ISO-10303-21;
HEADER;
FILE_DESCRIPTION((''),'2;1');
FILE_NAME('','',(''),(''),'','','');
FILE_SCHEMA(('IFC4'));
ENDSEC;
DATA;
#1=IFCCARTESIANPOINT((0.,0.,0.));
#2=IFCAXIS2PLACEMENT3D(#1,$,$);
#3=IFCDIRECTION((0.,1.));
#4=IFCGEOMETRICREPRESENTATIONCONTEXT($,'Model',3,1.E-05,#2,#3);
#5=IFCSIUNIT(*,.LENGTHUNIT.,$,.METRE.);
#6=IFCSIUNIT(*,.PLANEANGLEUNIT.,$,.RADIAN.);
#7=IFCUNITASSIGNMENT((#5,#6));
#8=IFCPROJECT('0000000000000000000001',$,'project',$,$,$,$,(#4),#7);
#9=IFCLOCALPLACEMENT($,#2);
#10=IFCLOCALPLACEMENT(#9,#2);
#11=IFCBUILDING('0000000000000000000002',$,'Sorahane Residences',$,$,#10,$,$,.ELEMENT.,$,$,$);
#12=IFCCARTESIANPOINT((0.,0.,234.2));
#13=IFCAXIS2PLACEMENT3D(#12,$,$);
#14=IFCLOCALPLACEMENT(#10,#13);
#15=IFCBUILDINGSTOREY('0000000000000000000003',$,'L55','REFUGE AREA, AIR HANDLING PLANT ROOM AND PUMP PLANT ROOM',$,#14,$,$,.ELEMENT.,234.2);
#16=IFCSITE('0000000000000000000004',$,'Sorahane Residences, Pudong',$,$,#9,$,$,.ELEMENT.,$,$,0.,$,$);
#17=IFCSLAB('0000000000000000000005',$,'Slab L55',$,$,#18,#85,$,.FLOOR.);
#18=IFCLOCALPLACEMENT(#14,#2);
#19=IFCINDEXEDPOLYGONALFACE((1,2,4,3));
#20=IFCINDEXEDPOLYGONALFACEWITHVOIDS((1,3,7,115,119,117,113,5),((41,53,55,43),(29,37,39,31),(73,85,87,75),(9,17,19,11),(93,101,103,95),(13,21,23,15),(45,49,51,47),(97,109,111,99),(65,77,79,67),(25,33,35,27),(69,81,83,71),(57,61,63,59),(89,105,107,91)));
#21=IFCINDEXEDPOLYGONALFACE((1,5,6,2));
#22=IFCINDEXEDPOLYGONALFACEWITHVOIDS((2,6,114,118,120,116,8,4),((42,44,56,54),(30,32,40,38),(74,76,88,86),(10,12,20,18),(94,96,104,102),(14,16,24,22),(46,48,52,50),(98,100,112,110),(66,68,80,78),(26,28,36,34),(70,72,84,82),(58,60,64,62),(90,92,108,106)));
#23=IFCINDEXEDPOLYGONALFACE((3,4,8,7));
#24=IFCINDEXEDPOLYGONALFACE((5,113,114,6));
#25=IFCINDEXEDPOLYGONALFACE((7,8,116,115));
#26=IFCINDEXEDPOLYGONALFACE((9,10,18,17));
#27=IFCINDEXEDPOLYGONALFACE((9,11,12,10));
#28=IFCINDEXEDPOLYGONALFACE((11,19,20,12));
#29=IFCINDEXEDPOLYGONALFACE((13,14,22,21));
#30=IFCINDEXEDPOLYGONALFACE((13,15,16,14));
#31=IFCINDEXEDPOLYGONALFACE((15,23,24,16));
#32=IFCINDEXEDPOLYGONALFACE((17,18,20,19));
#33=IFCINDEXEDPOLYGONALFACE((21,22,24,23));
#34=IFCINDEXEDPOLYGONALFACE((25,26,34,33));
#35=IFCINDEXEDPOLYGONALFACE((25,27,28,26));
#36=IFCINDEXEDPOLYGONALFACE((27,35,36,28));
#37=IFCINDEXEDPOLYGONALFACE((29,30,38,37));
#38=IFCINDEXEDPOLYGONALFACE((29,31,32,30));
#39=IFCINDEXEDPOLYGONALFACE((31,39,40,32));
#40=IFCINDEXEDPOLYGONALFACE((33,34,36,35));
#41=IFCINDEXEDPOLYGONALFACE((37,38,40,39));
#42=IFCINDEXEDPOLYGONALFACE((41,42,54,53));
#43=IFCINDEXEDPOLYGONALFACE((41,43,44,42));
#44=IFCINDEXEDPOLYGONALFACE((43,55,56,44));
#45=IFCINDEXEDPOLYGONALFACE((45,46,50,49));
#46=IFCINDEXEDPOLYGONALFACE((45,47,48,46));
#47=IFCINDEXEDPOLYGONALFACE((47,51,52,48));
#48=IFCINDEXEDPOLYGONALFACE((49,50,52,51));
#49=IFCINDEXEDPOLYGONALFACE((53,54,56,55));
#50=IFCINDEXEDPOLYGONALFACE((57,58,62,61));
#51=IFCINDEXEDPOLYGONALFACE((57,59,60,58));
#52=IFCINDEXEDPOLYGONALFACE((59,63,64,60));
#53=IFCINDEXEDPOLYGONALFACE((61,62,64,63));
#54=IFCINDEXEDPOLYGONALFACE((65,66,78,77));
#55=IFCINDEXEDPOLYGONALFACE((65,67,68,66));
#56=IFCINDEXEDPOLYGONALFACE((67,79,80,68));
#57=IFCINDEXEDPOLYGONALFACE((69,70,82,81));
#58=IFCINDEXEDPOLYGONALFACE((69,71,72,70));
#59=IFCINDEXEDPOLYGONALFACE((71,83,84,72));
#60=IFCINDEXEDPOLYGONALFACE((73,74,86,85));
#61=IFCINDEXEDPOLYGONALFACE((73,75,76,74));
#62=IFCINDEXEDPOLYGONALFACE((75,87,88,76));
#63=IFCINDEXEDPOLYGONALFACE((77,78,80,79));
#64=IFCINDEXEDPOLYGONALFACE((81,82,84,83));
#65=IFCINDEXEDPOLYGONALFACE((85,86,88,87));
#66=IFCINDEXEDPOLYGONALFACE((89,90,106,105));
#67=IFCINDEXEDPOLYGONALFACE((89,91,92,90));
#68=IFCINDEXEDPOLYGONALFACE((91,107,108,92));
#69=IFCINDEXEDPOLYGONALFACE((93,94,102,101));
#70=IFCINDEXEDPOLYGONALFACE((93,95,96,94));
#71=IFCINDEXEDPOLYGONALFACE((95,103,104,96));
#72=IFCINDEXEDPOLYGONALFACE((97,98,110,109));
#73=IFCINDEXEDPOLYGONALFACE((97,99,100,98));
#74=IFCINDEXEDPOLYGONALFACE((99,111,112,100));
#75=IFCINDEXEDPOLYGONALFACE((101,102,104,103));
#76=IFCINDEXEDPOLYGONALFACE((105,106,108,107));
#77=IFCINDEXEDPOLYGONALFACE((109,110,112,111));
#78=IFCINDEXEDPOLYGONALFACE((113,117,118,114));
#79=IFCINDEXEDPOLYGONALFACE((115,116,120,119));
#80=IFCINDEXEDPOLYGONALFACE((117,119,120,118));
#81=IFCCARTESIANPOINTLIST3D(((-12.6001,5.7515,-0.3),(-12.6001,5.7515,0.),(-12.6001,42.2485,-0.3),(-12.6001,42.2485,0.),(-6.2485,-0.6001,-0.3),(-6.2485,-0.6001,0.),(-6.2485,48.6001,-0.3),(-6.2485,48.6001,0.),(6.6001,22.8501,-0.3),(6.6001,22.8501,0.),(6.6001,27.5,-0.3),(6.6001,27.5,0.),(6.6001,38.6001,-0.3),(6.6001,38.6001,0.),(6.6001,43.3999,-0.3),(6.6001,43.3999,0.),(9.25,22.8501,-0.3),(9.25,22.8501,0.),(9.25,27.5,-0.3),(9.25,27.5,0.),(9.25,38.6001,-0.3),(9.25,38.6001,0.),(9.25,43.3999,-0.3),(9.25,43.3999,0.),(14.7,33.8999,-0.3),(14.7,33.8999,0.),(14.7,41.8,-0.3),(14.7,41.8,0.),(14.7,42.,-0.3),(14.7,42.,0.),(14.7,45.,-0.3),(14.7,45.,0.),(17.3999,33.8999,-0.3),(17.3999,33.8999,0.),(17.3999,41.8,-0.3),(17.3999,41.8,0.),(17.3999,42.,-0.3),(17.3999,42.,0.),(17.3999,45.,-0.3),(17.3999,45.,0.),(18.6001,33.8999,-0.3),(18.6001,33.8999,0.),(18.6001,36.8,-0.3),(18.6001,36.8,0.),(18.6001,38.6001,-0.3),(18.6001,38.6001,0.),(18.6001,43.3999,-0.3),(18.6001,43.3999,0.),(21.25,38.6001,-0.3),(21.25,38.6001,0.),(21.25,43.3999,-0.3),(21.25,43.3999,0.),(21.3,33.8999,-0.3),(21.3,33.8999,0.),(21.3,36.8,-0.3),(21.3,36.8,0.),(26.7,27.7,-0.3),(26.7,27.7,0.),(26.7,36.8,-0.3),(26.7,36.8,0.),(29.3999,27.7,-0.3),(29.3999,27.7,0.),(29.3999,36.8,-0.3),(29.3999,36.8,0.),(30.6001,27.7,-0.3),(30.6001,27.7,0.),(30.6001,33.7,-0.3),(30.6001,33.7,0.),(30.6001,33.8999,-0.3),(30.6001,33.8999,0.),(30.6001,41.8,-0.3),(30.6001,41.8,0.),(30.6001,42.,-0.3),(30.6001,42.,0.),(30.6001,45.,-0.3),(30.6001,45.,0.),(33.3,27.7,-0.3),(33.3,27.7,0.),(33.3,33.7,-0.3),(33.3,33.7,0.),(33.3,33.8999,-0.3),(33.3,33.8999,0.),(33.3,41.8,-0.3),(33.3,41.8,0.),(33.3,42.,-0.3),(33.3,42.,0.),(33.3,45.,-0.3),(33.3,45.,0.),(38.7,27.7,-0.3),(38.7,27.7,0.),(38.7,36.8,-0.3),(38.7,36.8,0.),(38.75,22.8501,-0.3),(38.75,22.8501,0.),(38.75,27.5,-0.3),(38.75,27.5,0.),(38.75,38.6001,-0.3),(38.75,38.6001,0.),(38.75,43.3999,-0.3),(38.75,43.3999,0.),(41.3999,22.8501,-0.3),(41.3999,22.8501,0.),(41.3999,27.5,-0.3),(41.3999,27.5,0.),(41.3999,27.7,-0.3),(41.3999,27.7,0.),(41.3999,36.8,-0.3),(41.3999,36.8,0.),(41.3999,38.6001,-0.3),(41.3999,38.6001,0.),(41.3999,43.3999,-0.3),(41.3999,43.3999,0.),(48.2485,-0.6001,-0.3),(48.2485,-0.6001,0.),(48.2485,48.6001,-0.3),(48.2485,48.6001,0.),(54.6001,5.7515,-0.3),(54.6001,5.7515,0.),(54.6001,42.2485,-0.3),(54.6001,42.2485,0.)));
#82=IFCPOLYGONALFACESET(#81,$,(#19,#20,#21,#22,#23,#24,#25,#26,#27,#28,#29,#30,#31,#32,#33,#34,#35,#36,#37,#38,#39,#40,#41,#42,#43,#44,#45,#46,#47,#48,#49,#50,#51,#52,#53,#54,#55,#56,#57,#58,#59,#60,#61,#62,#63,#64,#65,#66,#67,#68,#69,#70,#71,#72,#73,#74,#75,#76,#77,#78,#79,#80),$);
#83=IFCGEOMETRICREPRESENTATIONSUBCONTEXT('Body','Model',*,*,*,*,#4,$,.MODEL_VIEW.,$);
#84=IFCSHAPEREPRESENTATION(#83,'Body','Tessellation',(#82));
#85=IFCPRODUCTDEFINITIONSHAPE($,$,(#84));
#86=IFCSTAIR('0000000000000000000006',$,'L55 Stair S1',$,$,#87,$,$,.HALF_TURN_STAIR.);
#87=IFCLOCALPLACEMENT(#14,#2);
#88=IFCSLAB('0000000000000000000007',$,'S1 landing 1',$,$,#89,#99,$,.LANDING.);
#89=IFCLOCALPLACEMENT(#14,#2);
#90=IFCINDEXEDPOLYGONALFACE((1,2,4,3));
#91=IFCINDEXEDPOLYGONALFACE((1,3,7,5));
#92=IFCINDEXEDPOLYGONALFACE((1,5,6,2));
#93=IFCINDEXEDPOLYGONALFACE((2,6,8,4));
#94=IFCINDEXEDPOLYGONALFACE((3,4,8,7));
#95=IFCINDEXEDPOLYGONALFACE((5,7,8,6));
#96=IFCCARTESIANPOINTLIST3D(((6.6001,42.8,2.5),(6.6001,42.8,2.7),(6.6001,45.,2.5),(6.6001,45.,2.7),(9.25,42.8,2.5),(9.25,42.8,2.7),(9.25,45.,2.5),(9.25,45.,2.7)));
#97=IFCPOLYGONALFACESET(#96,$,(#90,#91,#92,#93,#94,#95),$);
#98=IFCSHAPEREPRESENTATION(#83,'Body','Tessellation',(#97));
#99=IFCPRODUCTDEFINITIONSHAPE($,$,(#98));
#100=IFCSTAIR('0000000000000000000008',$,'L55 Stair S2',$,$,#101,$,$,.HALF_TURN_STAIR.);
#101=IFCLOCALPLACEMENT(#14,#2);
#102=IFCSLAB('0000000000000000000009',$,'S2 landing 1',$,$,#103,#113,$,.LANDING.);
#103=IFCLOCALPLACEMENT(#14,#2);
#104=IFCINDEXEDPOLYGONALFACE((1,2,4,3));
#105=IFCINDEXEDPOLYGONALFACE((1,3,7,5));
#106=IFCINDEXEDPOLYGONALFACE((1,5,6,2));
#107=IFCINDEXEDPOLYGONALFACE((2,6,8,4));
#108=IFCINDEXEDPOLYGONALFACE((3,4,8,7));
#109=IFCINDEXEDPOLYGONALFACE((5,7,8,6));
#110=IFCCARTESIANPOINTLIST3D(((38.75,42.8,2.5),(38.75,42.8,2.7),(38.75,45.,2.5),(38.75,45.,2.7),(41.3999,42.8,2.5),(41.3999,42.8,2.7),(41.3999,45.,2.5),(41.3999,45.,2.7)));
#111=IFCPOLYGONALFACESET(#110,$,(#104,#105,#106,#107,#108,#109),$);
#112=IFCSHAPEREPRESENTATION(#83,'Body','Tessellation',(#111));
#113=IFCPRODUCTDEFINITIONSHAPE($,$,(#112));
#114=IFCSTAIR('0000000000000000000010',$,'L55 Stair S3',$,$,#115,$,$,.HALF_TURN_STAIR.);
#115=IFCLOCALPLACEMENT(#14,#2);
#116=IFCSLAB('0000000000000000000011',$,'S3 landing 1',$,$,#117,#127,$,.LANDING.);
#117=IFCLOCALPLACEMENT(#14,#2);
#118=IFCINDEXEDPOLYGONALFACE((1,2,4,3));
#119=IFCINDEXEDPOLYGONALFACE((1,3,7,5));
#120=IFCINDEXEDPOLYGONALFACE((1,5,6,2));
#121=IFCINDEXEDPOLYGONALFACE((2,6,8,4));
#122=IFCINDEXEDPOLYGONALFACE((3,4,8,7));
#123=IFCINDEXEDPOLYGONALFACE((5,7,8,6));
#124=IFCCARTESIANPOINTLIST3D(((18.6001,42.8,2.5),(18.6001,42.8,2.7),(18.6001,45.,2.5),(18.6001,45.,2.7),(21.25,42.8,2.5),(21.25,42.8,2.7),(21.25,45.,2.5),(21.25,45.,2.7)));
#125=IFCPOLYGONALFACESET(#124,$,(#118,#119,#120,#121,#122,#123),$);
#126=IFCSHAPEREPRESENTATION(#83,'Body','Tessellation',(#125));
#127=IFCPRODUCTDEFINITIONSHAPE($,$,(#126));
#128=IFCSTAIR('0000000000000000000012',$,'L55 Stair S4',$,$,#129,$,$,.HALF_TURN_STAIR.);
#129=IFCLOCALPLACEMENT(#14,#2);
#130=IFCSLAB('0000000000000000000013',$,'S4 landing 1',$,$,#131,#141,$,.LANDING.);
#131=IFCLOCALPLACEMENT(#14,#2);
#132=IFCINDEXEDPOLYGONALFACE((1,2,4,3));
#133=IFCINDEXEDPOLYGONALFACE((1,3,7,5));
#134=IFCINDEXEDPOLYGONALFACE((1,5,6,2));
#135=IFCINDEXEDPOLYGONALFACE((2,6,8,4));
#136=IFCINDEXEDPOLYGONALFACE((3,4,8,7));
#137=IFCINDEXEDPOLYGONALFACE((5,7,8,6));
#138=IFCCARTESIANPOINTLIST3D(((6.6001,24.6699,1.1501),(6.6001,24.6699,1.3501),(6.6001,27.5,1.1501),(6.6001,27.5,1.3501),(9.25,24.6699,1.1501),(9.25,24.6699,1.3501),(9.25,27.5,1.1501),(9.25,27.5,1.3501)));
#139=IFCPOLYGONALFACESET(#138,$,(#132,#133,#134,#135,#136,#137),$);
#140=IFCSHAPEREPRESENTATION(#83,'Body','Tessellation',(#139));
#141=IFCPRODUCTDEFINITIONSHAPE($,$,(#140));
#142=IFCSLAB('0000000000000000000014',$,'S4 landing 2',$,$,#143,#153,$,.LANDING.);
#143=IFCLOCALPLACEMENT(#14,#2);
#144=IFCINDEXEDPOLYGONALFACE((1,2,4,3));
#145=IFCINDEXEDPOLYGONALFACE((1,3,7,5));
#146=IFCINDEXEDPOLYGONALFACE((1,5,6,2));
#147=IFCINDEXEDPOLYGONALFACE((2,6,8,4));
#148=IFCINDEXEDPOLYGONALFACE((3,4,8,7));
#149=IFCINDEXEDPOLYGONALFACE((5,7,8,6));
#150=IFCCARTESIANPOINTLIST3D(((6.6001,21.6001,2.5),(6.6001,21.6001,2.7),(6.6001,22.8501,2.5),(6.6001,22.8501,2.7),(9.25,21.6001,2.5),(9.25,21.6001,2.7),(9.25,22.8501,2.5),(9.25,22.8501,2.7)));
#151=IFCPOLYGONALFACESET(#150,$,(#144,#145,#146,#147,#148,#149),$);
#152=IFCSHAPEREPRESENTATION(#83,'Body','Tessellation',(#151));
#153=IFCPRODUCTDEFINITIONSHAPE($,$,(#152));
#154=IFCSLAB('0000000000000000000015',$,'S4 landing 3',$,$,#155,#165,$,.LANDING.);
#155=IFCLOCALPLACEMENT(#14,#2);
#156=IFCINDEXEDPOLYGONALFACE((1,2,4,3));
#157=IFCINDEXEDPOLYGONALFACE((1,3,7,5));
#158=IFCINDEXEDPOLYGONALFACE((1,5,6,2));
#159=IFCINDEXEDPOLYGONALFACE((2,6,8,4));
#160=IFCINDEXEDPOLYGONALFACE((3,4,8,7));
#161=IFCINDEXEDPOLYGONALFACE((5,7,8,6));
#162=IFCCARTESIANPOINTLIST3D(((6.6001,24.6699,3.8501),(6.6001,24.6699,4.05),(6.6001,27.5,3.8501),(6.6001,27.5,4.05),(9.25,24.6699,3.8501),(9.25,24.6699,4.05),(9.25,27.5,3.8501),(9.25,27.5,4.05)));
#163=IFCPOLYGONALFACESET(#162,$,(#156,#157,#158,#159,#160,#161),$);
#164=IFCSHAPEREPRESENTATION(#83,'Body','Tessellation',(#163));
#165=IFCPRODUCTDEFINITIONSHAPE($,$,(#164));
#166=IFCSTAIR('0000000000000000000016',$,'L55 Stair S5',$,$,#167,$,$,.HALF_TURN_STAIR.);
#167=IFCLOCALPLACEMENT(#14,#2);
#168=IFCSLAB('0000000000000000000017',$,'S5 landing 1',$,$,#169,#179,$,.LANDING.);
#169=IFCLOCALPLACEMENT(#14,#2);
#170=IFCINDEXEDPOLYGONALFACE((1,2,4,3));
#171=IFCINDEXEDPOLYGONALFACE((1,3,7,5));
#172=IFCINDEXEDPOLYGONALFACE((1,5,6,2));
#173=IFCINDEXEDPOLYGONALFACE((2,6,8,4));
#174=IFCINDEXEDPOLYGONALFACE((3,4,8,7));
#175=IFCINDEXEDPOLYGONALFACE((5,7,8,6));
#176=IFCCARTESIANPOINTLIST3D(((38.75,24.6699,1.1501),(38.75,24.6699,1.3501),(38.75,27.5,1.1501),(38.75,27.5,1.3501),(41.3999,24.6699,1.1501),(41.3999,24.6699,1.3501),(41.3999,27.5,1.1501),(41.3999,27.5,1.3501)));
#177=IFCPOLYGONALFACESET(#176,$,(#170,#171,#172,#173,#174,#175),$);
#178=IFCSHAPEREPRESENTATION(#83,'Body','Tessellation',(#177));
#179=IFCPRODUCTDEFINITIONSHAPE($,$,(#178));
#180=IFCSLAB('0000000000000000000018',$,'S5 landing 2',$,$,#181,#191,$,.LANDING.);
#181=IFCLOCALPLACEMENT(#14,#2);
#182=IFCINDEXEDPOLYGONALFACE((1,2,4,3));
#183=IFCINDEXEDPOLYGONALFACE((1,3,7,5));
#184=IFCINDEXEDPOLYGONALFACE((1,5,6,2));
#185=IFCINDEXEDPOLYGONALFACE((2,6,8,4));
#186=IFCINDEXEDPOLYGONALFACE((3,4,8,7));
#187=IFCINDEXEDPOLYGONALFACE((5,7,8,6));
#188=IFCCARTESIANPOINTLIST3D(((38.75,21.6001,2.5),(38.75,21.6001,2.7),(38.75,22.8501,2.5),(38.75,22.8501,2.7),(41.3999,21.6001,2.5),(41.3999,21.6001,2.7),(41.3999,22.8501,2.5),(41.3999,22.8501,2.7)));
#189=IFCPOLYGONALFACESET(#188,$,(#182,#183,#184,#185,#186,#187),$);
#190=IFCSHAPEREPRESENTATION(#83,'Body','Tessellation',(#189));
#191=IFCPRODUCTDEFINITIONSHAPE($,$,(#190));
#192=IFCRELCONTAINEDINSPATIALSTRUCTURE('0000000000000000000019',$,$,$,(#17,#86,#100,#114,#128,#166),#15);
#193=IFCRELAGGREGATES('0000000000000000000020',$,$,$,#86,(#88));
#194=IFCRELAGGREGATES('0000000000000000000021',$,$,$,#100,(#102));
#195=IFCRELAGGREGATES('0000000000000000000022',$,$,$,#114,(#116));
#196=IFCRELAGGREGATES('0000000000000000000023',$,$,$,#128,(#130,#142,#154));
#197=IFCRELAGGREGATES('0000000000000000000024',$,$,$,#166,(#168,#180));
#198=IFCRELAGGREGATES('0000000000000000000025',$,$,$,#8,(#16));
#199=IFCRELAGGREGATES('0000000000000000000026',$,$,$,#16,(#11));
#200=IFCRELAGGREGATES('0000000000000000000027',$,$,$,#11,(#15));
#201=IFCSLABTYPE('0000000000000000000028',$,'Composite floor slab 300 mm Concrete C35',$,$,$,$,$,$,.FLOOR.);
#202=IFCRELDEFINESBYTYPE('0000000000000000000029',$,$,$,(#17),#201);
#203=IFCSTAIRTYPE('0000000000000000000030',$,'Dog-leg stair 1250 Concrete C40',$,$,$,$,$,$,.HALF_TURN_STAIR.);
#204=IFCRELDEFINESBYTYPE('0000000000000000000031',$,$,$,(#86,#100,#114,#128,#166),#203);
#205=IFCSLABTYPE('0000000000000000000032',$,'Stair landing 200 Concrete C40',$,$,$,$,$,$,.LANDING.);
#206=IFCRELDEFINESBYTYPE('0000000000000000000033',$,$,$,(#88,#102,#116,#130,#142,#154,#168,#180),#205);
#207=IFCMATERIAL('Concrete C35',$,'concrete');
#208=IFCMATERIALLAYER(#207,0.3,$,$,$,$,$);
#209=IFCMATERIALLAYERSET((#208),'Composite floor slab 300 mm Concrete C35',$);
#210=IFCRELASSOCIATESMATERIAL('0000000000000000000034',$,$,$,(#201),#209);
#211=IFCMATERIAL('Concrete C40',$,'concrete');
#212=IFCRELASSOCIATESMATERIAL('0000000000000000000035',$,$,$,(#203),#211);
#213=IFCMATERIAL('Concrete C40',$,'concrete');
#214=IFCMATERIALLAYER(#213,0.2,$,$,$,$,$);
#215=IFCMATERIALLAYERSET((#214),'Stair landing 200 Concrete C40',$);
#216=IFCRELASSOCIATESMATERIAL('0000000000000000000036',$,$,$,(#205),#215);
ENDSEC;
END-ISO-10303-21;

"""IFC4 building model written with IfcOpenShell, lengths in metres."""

from ifc_helpers import new_model, si_unit, direction, frame, origin, place, context, subcontext, project, spatial, polyline, outline, extrude, material, layer, layer_set, type_object, element, aggregate, save


model = new_model("IFC4")

# Units and contexts
model_context = context("Model", 3, precision=1e-05, world=origin(), true_north=direction((0.0, 1.0)))
body_context = subcontext(model_context, "Body", "Model", "MODEL_VIEW")
ifc_project = project(units=[si_unit("LENGTHUNIT", "METRE"), si_unit("PLANEANGLEUNIT", "RADIAN")], contexts=[model_context])

# Site, building, storey
site_placement = place(None, origin())
site = spatial("IfcSite", under=ifc_project, at=site_placement, Name="Sorahane Residences, Pudong", CompositionType="ELEMENT", RefElevation=0.0)
building_placement = place(site_placement, origin())
building = spatial("IfcBuilding", under=site, at=building_placement, Name="Sorahane Residences", CompositionType="ELEMENT")
storey_placement = place(building_placement, frame((0.0, 0.0, 234.2)))
storey = spatial("IfcBuildingStorey", under=building, at=storey_placement, Name="L55", Description="REFUGE AREA, AIR HANDLING PLANT ROOM AND PUMP PLANT ROOM", CompositionType="ELEMENT", Elevation=234.2)

# Slab
ifc_material_1 = material(Name="Concrete C35", Category="concrete")
ifc_layer_1 = layer(ifc_material_1, 0.3)
ifc_layer_set_1 = layer_set([ifc_layer_1], Name="Composite floor slab 300 mm Concrete C35")
slab_type_1 = type_object("IfcSlabType", Name="Composite floor slab 300 mm Concrete C35", PredefinedType="FLOOR", material=ifc_layer_set_1)
slab_1_placement = place(storey_placement, frame((0.0, 0.0, -0.3)))
element("IfcSlab", 1, at=slab_1_placement, inside=storey, type_object=slab_type_1, Name="Slab L55", PredefinedType="FLOOR", context=body_context, shape_type="SweptSolid", body=[
    extrude(outline(polyline([(-6.2485, -0.6001), (-12.6001, 5.7515), (-12.6001, 42.2485), (-6.2485, 48.6001), (48.2485, 48.6001), (54.6001, 42.2485), (54.6001, 5.7515), (48.2485, -0.6001), (-6.2485, -0.6001)]), holes=[polyline([(38.7, 27.7), (41.3999, 27.7), (41.3999, 36.8), (38.7, 36.8), (38.7, 27.7)]), polyline([(30.6001, 27.7), (33.3, 27.7), (33.3, 33.7), (30.6001, 33.7), (30.6001, 27.7)]), polyline([(30.6001, 42.0), (33.3, 42.0), (33.3, 45.0), (30.6001, 45.0), (30.6001, 42.0)]), polyline([(14.7, 42.0), (17.3999, 42.0), (17.3999, 45.0), (14.7, 45.0), (14.7, 42.0)]), polyline([(6.6001, 43.3999), (9.25, 43.3999), (9.25, 38.6001), (6.6001, 38.6001), (6.6001, 43.3999)]), polyline([(38.75, 43.3999), (41.3999, 43.3999), (41.3999, 38.6001), (38.75, 38.6001), (38.75, 43.3999)]), polyline([(18.6001, 43.3999), (21.25, 43.3999), (21.25, 38.6001), (18.6001, 38.6001), (18.6001, 43.3999)]), polyline([(6.6001, 27.5), (9.25, 27.5), (9.25, 22.8501), (6.6001, 22.8501), (6.6001, 27.5)]), polyline([(38.75, 27.5), (41.3999, 27.5), (41.3999, 22.8501), (38.75, 22.8501), (38.75, 27.5)]), polyline([(14.7, 33.8999), (17.3999, 33.8999), (17.3999, 41.8), (14.7, 41.8), (14.7, 33.8999)]), polyline([(30.6001, 33.8999), (33.3, 33.8999), (33.3, 41.8), (30.6001, 41.8), (30.6001, 33.8999)]), polyline([(18.6001, 33.8999), (21.3, 33.8999), (21.3, 36.8), (18.6001, 36.8), (18.6001, 33.8999)]), polyline([(26.7, 27.7), (29.3999, 27.7), (29.3999, 36.8), (26.7, 36.8), (26.7, 27.7)])]), origin(), (0.0, 0.0, 1.0), 0.3),
])

# Stairs, slabs
ifc_material_2 = material(Name="Concrete C40", Category="concrete")
stair_type = type_object("IfcStairType", Name="Dog-leg stair 1250 Concrete C40", PredefinedType="HALF_TURN_STAIR", material=ifc_material_2)
stair_1_placement = place(storey_placement, origin())
stair_1 = element("IfcStair", 2, at=stair_1_placement, inside=storey, type_object=stair_type, Name="L55 Stair S1", PredefinedType="HALF_TURN_STAIR")
ifc_material_3 = material(Name="Concrete C40", Category="concrete")
ifc_layer_2 = layer(ifc_material_3, 0.2)
ifc_layer_set_2 = layer_set([ifc_layer_2], Name="Stair landing 200 Concrete C40")
slab_type_2 = type_object("IfcSlabType", Name="Stair landing 200 Concrete C40", PredefinedType="LANDING", material=ifc_layer_set_2)
slab_2_placement = place(storey_placement, frame((0.0, 0.0, 2.5)))
slab_2 = element("IfcSlab", 3, at=slab_2_placement, type_object=slab_type_2, Name="S1 landing 1", PredefinedType="LANDING", context=body_context, shape_type="SweptSolid", body=[
    extrude(outline(polyline([(9.25, 42.8), (9.25, 45.0), (6.6001, 45.0), (6.6001, 42.8), (9.25, 42.8)])), origin(), (0.0, 0.0, 1.0), 0.2),
])
aggregate(stair_1, [slab_2])
stair_2_placement = place(storey_placement, origin())
stair_2 = element("IfcStair", 4, at=stair_2_placement, inside=storey, type_object=stair_type, Name="L55 Stair S2", PredefinedType="HALF_TURN_STAIR")
slab_3_placement = place(storey_placement, frame((0.0, 0.0, 2.5)))
slab_3 = element("IfcSlab", 5, at=slab_3_placement, type_object=slab_type_2, Name="S2 landing 1", PredefinedType="LANDING", context=body_context, shape_type="SweptSolid", body=[
    extrude(outline(polyline([(41.3999, 42.8), (41.3999, 45.0), (38.75, 45.0), (38.75, 42.8), (41.3999, 42.8)])), origin(), (0.0, 0.0, 1.0), 0.2),
])
aggregate(stair_2, [slab_3])
stair_3_placement = place(storey_placement, origin())
stair_3 = element("IfcStair", 6, at=stair_3_placement, inside=storey, type_object=stair_type, Name="L55 Stair S3", PredefinedType="HALF_TURN_STAIR")
slab_4_placement = place(storey_placement, frame((0.0, 0.0, 2.5)))
slab_4 = element("IfcSlab", 7, at=slab_4_placement, type_object=slab_type_2, Name="S3 landing 1", PredefinedType="LANDING", context=body_context, shape_type="SweptSolid", body=[
    extrude(outline(polyline([(21.25, 42.8), (21.25, 45.0), (18.6001, 45.0), (18.6001, 42.8), (21.25, 42.8)])), origin(), (0.0, 0.0, 1.0), 0.2),
])
aggregate(stair_3, [slab_4])

# Stairs, slabs
stair_4_placement = place(storey_placement, origin())
stair_4 = element("IfcStair", 8, at=stair_4_placement, inside=storey, type_object=stair_type, Name="L55 Stair S4", PredefinedType="HALF_TURN_STAIR")
slab_5_placement = place(storey_placement, frame((0.0, 0.0, 1.1501)))
slab_5 = element("IfcSlab", 9, at=slab_5_placement, type_object=slab_type_2, Name="S4 landing 1", PredefinedType="LANDING", context=body_context, shape_type="SweptSolid", body=[
    extrude(outline(polyline([(9.25, 24.6699), (9.25, 27.5), (6.6001, 27.5), (6.6001, 24.6699), (9.25, 24.6699)])), origin(), (0.0, 0.0, 1.0), 0.2),
])
slab_6_placement = place(storey_placement, frame((0.0, 0.0, 2.5)))
slab_6 = element("IfcSlab", 10, at=slab_6_placement, type_object=slab_type_2, Name="S4 landing 2", PredefinedType="LANDING", context=body_context, shape_type="SweptSolid", body=[
    extrude(outline(polyline([(9.25, 21.6001), (9.25, 22.8501), (6.6001, 22.8501), (6.6001, 21.6001), (9.25, 21.6001)])), origin(), (0.0, 0.0, 1.0), 0.2),
])
slab_7_placement = place(storey_placement, frame((0.0, 0.0, 3.8501)))
slab_7 = element("IfcSlab", 11, at=slab_7_placement, type_object=slab_type_2, Name="S4 landing 3", PredefinedType="LANDING", context=body_context, shape_type="SweptSolid", body=[
    extrude(outline(polyline([(9.25, 24.6699), (9.25, 27.5), (6.6001, 27.5), (6.6001, 24.6699), (9.25, 24.6699)])), origin(), (0.0, 0.0, 1.0), 0.2),
])
aggregate(stair_4, [slab_5, slab_6, slab_7])
stair_5_placement = place(storey_placement, origin())
stair_5 = element("IfcStair", 12, at=stair_5_placement, inside=storey, type_object=stair_type, Name="L55 Stair S5", PredefinedType="HALF_TURN_STAIR")
slab_8_placement = place(storey_placement, frame((0.0, 0.0, 1.1501)))
slab_8 = element("IfcSlab", 13, at=slab_8_placement, type_object=slab_type_2, Name="S5 landing 1", PredefinedType="LANDING", context=body_context, shape_type="SweptSolid", body=[
    extrude(outline(polyline([(41.3999, 24.6699), (41.3999, 27.5), (38.75, 27.5), (38.75, 24.6699), (41.3999, 24.6699)])), origin(), (0.0, 0.0, 1.0), 0.2),
])
slab_9_placement = place(storey_placement, frame((0.0, 0.0, 2.5)))
slab_9 = element("IfcSlab", 14, at=slab_9_placement, type_object=slab_type_2, Name="S5 landing 2", PredefinedType="LANDING", context=body_context, shape_type="SweptSolid", body=[
    extrude(outline(polyline([(41.3999, 21.6001), (41.3999, 22.8501), (38.75, 22.8501), (38.75, 21.6001), (41.3999, 21.6001)])), origin(), (0.0, 0.0, 1.0), 0.2),
])
aggregate(stair_5, [slab_8, slab_9])

save(model, "model.ifc")
